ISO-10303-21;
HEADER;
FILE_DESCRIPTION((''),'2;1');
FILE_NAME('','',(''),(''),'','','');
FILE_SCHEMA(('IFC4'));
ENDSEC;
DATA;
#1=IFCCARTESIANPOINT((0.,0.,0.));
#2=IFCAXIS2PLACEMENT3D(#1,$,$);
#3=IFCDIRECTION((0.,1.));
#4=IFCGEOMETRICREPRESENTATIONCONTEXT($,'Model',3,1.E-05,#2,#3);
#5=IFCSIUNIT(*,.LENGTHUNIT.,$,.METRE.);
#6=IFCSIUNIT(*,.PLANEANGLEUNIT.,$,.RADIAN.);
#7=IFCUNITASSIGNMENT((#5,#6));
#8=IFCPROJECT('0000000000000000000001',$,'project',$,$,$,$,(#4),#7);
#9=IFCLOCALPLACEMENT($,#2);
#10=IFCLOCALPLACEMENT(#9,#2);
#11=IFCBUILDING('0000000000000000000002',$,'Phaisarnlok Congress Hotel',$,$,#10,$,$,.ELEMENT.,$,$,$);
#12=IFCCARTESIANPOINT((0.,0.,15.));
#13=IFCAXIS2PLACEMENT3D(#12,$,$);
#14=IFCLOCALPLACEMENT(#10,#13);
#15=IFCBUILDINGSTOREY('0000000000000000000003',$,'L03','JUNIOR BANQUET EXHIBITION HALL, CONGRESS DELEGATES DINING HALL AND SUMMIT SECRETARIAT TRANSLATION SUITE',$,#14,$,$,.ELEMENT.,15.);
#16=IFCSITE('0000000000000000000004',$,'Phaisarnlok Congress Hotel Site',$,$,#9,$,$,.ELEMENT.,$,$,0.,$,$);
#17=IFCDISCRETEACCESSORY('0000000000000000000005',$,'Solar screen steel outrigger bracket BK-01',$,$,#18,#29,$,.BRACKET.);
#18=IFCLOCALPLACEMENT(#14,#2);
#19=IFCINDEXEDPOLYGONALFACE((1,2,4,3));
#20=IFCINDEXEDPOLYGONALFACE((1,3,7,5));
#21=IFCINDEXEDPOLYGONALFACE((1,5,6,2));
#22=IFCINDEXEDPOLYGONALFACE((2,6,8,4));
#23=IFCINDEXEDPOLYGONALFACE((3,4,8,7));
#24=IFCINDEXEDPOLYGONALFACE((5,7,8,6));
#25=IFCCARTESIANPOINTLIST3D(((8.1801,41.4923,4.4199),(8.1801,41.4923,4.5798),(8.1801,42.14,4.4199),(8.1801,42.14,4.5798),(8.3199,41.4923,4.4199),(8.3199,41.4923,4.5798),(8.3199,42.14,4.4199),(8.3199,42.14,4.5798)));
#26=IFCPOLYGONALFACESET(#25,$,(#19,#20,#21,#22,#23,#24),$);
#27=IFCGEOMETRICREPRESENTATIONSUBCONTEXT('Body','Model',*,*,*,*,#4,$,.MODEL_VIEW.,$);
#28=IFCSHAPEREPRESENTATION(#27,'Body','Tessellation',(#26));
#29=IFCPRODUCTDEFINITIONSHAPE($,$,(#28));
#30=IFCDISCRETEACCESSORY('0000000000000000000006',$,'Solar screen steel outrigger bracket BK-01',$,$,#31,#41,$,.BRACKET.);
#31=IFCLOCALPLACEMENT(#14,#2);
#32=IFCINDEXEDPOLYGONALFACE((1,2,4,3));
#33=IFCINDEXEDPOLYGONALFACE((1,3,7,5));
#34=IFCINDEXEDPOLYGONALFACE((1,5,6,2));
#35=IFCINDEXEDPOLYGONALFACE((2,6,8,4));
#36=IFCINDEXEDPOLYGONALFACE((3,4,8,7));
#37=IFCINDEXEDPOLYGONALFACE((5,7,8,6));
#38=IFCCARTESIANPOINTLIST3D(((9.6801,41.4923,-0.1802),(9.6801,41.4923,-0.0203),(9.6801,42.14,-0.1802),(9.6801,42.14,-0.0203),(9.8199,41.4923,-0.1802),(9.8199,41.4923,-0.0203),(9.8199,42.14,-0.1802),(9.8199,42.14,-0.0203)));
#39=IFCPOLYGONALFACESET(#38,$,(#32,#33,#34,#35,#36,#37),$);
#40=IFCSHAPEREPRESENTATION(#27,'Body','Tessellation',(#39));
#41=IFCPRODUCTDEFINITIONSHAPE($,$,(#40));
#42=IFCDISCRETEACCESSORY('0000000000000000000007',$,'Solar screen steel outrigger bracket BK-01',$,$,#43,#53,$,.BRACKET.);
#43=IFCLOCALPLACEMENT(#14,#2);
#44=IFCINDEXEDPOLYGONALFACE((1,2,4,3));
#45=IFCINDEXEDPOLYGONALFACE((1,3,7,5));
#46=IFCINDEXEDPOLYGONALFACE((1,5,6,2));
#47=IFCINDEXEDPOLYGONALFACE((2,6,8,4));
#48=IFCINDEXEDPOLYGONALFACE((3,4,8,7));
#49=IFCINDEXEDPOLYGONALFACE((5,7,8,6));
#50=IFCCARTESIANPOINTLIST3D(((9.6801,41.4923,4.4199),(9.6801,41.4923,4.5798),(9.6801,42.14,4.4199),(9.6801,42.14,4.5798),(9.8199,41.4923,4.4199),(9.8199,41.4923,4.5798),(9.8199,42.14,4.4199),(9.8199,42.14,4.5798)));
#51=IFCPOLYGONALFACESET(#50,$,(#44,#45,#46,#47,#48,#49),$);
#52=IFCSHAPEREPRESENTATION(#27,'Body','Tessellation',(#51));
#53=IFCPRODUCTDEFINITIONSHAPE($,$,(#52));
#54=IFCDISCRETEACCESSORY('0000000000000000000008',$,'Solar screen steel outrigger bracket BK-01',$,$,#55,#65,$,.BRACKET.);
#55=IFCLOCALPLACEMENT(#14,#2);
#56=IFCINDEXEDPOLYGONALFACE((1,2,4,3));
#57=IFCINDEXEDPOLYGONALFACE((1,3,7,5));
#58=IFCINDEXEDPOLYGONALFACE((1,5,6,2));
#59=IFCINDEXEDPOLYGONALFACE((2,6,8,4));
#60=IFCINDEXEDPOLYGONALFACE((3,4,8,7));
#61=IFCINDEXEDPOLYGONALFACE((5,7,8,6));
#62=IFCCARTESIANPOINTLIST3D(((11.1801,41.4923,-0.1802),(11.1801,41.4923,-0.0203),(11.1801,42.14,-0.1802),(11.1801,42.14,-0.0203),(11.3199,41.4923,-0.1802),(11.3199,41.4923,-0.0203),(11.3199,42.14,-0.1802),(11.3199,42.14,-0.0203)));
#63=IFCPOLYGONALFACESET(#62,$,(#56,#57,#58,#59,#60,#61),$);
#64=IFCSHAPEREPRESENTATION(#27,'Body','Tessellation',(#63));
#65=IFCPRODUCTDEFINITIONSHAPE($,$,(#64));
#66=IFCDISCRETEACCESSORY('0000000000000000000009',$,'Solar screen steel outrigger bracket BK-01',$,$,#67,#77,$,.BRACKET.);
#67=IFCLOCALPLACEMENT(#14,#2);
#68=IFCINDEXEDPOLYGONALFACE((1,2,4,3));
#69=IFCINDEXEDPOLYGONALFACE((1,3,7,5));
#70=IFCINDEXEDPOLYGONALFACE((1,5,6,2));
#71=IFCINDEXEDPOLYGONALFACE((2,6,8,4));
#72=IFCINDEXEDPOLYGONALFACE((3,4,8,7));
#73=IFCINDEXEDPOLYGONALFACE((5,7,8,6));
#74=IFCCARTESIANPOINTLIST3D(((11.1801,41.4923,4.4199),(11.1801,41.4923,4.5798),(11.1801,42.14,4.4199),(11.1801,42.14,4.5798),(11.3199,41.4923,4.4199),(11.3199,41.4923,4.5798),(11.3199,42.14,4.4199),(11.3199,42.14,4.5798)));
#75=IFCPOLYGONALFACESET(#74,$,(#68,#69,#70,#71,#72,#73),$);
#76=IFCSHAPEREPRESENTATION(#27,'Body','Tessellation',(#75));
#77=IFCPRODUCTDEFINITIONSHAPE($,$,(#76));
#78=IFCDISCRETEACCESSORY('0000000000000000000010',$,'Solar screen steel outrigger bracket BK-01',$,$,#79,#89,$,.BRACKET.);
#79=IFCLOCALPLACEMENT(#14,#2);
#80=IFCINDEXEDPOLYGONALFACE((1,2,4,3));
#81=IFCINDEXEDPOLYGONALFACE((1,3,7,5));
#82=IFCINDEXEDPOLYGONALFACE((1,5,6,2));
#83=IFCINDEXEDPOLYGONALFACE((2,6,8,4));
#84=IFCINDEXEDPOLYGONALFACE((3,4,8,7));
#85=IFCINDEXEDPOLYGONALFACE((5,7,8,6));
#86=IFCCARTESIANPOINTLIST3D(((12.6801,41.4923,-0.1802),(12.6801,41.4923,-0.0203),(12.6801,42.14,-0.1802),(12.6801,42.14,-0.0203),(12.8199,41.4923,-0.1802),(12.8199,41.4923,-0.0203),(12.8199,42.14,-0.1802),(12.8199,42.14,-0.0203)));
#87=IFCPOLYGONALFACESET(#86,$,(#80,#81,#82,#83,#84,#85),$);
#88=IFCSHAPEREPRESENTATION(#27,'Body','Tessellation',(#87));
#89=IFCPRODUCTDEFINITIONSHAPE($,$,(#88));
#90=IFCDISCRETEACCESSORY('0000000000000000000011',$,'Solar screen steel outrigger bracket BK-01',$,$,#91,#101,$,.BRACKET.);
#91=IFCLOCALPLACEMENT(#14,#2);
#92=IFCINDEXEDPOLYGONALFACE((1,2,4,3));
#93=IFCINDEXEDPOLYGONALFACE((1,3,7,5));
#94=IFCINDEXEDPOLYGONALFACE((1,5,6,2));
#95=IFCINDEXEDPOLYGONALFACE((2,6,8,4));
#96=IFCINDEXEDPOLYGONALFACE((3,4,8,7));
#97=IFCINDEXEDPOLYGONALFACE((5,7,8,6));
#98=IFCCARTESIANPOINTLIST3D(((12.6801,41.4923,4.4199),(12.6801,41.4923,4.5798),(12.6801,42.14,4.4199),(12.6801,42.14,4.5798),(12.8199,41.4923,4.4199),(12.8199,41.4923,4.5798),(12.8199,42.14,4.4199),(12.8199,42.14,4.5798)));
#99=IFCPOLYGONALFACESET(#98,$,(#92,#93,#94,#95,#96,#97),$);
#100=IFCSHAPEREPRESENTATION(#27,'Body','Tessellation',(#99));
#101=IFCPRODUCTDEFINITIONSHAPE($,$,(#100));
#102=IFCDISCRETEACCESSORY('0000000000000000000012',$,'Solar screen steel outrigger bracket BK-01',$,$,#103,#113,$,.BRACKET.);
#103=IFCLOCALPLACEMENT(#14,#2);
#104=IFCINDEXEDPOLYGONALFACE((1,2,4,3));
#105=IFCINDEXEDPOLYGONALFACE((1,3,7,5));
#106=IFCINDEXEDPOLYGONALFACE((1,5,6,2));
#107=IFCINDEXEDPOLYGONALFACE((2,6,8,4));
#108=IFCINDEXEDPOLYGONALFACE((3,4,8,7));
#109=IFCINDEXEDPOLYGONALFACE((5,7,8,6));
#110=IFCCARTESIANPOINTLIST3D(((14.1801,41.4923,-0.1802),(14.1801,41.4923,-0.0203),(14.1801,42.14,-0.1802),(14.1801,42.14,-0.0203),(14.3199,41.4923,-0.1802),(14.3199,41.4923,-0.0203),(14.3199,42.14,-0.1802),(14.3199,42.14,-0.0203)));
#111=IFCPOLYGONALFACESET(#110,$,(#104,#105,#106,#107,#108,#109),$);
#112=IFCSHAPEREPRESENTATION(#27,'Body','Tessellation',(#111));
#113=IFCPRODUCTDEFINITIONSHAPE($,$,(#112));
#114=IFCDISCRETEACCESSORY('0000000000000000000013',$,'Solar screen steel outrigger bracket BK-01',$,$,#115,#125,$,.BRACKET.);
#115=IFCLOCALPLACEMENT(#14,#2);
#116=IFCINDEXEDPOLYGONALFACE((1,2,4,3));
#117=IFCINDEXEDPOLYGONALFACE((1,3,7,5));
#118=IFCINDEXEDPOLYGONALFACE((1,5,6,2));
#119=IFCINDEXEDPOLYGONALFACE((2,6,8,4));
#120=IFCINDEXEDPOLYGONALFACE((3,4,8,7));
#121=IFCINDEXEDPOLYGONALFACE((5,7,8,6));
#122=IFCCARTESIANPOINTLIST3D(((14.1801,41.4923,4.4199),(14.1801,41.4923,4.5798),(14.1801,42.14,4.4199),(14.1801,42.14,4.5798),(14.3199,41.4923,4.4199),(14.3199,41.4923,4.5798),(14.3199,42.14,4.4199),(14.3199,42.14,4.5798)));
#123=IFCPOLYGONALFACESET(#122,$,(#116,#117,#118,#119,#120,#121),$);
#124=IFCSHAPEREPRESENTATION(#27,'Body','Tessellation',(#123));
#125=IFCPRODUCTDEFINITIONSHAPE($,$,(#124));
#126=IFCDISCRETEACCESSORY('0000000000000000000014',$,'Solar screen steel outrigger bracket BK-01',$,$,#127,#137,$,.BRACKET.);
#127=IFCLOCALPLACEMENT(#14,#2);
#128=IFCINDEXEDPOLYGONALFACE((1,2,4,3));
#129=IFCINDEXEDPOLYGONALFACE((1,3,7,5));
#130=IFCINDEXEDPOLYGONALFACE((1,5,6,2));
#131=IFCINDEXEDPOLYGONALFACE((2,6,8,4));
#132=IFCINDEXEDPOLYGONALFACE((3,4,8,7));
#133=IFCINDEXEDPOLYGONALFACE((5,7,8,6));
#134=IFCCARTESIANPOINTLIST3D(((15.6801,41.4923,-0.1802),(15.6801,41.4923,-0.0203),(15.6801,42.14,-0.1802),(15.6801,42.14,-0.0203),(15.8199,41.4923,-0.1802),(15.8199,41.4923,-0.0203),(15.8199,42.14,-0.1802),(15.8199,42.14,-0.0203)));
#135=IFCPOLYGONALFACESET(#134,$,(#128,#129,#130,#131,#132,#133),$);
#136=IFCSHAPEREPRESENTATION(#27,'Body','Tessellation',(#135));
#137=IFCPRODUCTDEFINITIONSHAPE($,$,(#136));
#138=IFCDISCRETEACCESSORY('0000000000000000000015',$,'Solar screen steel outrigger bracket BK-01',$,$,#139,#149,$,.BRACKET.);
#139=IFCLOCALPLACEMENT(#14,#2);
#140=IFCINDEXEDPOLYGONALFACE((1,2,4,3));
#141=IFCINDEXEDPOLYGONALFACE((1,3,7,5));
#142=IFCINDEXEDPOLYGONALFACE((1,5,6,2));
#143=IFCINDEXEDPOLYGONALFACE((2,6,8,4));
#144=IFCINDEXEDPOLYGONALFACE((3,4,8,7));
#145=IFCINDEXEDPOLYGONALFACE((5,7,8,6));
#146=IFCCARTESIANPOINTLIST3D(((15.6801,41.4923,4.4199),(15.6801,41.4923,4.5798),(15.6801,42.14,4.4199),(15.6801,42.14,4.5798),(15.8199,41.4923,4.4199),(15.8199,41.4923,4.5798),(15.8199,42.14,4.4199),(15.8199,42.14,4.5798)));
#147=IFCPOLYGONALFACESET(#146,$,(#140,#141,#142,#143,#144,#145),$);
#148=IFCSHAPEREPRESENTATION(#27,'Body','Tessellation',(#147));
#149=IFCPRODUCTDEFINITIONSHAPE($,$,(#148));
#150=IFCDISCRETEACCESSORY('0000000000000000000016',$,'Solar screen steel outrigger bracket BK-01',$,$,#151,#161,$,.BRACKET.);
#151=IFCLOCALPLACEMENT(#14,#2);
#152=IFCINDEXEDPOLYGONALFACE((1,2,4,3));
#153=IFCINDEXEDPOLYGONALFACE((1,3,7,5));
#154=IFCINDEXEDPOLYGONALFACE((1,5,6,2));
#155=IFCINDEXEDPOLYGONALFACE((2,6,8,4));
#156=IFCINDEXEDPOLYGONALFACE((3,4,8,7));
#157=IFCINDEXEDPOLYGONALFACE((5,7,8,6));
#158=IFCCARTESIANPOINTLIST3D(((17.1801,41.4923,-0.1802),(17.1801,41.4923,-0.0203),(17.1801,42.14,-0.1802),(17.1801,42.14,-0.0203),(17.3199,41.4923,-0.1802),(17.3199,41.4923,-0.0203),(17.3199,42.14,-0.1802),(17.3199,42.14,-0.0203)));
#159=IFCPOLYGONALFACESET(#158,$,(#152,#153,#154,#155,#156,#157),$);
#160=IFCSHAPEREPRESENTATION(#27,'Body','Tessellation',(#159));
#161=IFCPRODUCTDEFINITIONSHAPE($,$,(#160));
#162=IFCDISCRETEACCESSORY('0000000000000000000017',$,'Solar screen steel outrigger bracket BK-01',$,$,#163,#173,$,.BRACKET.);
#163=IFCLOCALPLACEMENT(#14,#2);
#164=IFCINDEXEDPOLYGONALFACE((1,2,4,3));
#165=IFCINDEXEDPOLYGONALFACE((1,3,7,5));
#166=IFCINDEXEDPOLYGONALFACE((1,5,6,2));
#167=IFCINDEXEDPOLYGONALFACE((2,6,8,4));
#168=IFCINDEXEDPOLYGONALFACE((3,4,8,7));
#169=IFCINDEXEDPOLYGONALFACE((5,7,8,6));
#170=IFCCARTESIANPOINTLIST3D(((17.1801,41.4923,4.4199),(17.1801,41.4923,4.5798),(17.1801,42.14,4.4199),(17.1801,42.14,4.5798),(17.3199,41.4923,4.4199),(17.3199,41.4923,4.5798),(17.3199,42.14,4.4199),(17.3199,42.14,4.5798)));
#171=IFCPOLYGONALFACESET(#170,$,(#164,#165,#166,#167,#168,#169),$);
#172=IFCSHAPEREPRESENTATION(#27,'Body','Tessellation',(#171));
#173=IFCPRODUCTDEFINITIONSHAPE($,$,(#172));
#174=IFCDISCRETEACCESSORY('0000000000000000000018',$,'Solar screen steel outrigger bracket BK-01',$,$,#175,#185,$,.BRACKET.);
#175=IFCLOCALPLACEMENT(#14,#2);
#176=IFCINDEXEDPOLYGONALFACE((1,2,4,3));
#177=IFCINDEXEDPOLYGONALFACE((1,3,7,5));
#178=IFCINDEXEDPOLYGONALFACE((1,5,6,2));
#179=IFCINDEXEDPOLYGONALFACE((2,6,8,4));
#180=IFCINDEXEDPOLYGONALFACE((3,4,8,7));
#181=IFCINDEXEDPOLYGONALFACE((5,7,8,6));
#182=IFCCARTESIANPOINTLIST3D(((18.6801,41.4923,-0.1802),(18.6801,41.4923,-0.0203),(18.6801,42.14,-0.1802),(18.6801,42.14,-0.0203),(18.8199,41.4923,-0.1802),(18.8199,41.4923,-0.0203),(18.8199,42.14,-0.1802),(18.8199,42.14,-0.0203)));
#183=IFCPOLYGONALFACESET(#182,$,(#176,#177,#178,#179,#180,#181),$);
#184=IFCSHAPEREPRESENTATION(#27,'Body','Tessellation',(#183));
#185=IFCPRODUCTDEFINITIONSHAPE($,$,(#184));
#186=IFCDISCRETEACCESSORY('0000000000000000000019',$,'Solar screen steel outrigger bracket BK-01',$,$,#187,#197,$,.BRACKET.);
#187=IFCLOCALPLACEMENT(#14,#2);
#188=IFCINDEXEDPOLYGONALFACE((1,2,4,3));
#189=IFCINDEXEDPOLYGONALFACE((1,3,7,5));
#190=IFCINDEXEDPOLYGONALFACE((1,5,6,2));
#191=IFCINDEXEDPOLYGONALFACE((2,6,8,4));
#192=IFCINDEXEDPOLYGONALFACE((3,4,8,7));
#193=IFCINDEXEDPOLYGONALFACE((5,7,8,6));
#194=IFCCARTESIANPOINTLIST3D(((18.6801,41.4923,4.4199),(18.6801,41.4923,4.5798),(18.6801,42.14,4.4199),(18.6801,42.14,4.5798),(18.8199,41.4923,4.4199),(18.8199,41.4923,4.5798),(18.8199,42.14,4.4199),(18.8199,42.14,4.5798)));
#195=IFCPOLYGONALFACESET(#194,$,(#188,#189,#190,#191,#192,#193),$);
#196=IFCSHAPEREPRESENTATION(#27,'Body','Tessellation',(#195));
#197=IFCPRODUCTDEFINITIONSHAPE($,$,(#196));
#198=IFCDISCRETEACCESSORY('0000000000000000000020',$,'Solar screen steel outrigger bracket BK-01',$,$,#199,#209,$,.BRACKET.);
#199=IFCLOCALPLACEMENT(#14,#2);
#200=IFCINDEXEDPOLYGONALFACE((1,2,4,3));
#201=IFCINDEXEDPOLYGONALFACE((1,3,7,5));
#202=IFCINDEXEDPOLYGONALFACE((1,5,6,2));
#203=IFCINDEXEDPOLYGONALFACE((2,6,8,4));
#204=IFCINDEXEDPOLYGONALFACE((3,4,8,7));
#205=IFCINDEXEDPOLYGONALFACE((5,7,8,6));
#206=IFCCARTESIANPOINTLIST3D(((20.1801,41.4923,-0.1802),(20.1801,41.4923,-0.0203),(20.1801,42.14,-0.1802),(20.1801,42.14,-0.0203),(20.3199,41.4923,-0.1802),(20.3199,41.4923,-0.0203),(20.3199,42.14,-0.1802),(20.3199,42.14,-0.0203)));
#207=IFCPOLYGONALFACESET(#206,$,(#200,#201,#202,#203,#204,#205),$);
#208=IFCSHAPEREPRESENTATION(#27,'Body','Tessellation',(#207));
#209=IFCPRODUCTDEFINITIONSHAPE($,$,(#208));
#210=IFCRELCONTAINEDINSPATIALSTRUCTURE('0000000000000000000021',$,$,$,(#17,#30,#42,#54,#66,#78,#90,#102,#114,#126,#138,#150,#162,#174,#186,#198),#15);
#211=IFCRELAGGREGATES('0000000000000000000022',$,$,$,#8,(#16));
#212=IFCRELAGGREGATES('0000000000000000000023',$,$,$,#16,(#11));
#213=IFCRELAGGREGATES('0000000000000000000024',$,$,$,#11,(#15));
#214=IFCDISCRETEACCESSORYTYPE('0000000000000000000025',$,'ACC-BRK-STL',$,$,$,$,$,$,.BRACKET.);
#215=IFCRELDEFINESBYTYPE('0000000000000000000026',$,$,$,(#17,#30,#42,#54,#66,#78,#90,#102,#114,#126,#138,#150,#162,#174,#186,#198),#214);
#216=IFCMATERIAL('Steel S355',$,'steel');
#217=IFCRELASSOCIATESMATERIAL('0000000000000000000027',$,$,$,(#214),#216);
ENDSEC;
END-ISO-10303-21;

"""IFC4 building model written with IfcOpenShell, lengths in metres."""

from ifc_helpers import new_model, si_unit, direction, frame, origin, origin_2d, place, context, subcontext, project, spatial, rectangle, extrude, material, type_object, element, save


model = new_model("IFC4")

# Units and contexts
model_context = context("Model", 3, precision=1e-05, world=origin(), true_north=direction((0.0, 1.0)))
body_context = subcontext(model_context, "Body", "Model", "MODEL_VIEW")
ifc_project = project(units=[si_unit("LENGTHUNIT", "METRE"), si_unit("PLANEANGLEUNIT", "RADIAN")], contexts=[model_context])

# Site, building, storey
site_placement = place(None, origin())
site = spatial("IfcSite", under=ifc_project, at=site_placement, Name="Phaisarnlok Congress Hotel Site", CompositionType="ELEMENT", RefElevation=0.0)
building_placement = place(site_placement, origin())
building = spatial("IfcBuilding", under=site, at=building_placement, Name="Phaisarnlok Congress Hotel", CompositionType="ELEMENT")
storey_placement = place(building_placement, frame((0.0, 0.0, 15.0)))
storey = spatial("IfcBuildingStorey", under=building, at=storey_placement, Name="L03", Description="JUNIOR BANQUET EXHIBITION HALL, CONGRESS DELEGATES DINING HALL AND SUMMIT SECRETARIAT TRANSLATION SUITE", CompositionType="ELEMENT", Elevation=15.0)

# Discrete accessories
ifc_material_1 = material(Name="Steel S355", Category="steel")
discrete_accessory_type = type_object("IfcDiscreteAccessoryType", Name="ACC-BRK-STL", PredefinedType="BRACKET", material=ifc_material_1)
for number, where, z_axis, x_axis, name in (
    (1, (8.25, 41.8162, 4.4199), (0.0, 0.0, 1.0), (1.0, 0.0, 0.0), "Solar screen steel outrigger bracket BK-01"),
    (2, (9.75, 41.8162, -0.1802), (0.0, 0.0, 1.0), (1.0, 0.0, 0.0), "Solar screen steel outrigger bracket BK-01"),
    (3, (9.75, 41.8162, 4.4199), (0.0, 0.0, 1.0), (1.0, 0.0, 0.0), "Solar screen steel outrigger bracket BK-01"),
    (4, (11.25, 41.8162, -0.1802), (0.0, 0.0, 1.0), (1.0, 0.0, 0.0), "Solar screen steel outrigger bracket BK-01"),
    (5, (11.25, 41.8162, 4.4199), (0.0, 0.0, 1.0), (1.0, 0.0, 0.0), "Solar screen steel outrigger bracket BK-01"),
    (6, (12.75, 41.8162, -0.1802), (0.0, 0.0, 1.0), (1.0, 0.0, 0.0), "Solar screen steel outrigger bracket BK-01"),
    (7, (12.75, 41.8162, 4.4199), (0.0, 0.0, 1.0), (1.0, 0.0, 0.0), "Solar screen steel outrigger bracket BK-01"),
    (8, (14.25, 41.8162, -0.1802), (0.0, 0.0, 1.0), (1.0, 0.0, 0.0), "Solar screen steel outrigger bracket BK-01"),
    (9, (14.25, 41.8162, 4.4199), (0.0, 0.0, 1.0), (1.0, 0.0, 0.0), "Solar screen steel outrigger bracket BK-01"),
    (10, (15.75, 41.8162, -0.1802), (0.0, 0.0, 1.0), (1.0, 0.0, 0.0), "Solar screen steel outrigger bracket BK-01"),
    (11, (15.75, 41.8162, 4.4199), (0.0, 0.0, 1.0), (1.0, 0.0, 0.0), "Solar screen steel outrigger bracket BK-01"),
    (12, (17.25, 41.8162, -0.1802), (0.0, 0.0, 1.0), (1.0, 0.0, 0.0), "Solar screen steel outrigger bracket BK-01"),
    (13, (17.25, 41.8162, 4.4199), (0.0, 0.0, 1.0), (1.0, 0.0, 0.0), "Solar screen steel outrigger bracket BK-01"),
    (14, (18.75, 41.8162, -0.1802), (0.0, 0.0, 1.0), (1.0, 0.0, 0.0), "Solar screen steel outrigger bracket BK-01"),
    (15, (18.75, 41.8162, 4.4199), (0.0, 0.0, 1.0), (1.0, 0.0, 0.0), "Solar screen steel outrigger bracket BK-01"),
    (16, (20.25, 41.8162, -0.1802), (0.0, 0.0, 1.0), (1.0, 0.0, 0.0), "Solar screen steel outrigger bracket BK-01"),
):
    element("IfcDiscreteAccessory", number, at=place(storey_placement, frame(where, z_axis=z_axis, x_axis=x_axis)), inside=storey, type_object=discrete_accessory_type, Name=name, PredefinedType="BRACKET", context=body_context, shape_type="SweptSolid", body=[
        extrude(rectangle(XDim=0.1399, YDim=0.6477, at=origin_2d()), origin(), (0.0, 0.0, 1.0), 0.1599),
    ])

save(model, "model.ifc")
